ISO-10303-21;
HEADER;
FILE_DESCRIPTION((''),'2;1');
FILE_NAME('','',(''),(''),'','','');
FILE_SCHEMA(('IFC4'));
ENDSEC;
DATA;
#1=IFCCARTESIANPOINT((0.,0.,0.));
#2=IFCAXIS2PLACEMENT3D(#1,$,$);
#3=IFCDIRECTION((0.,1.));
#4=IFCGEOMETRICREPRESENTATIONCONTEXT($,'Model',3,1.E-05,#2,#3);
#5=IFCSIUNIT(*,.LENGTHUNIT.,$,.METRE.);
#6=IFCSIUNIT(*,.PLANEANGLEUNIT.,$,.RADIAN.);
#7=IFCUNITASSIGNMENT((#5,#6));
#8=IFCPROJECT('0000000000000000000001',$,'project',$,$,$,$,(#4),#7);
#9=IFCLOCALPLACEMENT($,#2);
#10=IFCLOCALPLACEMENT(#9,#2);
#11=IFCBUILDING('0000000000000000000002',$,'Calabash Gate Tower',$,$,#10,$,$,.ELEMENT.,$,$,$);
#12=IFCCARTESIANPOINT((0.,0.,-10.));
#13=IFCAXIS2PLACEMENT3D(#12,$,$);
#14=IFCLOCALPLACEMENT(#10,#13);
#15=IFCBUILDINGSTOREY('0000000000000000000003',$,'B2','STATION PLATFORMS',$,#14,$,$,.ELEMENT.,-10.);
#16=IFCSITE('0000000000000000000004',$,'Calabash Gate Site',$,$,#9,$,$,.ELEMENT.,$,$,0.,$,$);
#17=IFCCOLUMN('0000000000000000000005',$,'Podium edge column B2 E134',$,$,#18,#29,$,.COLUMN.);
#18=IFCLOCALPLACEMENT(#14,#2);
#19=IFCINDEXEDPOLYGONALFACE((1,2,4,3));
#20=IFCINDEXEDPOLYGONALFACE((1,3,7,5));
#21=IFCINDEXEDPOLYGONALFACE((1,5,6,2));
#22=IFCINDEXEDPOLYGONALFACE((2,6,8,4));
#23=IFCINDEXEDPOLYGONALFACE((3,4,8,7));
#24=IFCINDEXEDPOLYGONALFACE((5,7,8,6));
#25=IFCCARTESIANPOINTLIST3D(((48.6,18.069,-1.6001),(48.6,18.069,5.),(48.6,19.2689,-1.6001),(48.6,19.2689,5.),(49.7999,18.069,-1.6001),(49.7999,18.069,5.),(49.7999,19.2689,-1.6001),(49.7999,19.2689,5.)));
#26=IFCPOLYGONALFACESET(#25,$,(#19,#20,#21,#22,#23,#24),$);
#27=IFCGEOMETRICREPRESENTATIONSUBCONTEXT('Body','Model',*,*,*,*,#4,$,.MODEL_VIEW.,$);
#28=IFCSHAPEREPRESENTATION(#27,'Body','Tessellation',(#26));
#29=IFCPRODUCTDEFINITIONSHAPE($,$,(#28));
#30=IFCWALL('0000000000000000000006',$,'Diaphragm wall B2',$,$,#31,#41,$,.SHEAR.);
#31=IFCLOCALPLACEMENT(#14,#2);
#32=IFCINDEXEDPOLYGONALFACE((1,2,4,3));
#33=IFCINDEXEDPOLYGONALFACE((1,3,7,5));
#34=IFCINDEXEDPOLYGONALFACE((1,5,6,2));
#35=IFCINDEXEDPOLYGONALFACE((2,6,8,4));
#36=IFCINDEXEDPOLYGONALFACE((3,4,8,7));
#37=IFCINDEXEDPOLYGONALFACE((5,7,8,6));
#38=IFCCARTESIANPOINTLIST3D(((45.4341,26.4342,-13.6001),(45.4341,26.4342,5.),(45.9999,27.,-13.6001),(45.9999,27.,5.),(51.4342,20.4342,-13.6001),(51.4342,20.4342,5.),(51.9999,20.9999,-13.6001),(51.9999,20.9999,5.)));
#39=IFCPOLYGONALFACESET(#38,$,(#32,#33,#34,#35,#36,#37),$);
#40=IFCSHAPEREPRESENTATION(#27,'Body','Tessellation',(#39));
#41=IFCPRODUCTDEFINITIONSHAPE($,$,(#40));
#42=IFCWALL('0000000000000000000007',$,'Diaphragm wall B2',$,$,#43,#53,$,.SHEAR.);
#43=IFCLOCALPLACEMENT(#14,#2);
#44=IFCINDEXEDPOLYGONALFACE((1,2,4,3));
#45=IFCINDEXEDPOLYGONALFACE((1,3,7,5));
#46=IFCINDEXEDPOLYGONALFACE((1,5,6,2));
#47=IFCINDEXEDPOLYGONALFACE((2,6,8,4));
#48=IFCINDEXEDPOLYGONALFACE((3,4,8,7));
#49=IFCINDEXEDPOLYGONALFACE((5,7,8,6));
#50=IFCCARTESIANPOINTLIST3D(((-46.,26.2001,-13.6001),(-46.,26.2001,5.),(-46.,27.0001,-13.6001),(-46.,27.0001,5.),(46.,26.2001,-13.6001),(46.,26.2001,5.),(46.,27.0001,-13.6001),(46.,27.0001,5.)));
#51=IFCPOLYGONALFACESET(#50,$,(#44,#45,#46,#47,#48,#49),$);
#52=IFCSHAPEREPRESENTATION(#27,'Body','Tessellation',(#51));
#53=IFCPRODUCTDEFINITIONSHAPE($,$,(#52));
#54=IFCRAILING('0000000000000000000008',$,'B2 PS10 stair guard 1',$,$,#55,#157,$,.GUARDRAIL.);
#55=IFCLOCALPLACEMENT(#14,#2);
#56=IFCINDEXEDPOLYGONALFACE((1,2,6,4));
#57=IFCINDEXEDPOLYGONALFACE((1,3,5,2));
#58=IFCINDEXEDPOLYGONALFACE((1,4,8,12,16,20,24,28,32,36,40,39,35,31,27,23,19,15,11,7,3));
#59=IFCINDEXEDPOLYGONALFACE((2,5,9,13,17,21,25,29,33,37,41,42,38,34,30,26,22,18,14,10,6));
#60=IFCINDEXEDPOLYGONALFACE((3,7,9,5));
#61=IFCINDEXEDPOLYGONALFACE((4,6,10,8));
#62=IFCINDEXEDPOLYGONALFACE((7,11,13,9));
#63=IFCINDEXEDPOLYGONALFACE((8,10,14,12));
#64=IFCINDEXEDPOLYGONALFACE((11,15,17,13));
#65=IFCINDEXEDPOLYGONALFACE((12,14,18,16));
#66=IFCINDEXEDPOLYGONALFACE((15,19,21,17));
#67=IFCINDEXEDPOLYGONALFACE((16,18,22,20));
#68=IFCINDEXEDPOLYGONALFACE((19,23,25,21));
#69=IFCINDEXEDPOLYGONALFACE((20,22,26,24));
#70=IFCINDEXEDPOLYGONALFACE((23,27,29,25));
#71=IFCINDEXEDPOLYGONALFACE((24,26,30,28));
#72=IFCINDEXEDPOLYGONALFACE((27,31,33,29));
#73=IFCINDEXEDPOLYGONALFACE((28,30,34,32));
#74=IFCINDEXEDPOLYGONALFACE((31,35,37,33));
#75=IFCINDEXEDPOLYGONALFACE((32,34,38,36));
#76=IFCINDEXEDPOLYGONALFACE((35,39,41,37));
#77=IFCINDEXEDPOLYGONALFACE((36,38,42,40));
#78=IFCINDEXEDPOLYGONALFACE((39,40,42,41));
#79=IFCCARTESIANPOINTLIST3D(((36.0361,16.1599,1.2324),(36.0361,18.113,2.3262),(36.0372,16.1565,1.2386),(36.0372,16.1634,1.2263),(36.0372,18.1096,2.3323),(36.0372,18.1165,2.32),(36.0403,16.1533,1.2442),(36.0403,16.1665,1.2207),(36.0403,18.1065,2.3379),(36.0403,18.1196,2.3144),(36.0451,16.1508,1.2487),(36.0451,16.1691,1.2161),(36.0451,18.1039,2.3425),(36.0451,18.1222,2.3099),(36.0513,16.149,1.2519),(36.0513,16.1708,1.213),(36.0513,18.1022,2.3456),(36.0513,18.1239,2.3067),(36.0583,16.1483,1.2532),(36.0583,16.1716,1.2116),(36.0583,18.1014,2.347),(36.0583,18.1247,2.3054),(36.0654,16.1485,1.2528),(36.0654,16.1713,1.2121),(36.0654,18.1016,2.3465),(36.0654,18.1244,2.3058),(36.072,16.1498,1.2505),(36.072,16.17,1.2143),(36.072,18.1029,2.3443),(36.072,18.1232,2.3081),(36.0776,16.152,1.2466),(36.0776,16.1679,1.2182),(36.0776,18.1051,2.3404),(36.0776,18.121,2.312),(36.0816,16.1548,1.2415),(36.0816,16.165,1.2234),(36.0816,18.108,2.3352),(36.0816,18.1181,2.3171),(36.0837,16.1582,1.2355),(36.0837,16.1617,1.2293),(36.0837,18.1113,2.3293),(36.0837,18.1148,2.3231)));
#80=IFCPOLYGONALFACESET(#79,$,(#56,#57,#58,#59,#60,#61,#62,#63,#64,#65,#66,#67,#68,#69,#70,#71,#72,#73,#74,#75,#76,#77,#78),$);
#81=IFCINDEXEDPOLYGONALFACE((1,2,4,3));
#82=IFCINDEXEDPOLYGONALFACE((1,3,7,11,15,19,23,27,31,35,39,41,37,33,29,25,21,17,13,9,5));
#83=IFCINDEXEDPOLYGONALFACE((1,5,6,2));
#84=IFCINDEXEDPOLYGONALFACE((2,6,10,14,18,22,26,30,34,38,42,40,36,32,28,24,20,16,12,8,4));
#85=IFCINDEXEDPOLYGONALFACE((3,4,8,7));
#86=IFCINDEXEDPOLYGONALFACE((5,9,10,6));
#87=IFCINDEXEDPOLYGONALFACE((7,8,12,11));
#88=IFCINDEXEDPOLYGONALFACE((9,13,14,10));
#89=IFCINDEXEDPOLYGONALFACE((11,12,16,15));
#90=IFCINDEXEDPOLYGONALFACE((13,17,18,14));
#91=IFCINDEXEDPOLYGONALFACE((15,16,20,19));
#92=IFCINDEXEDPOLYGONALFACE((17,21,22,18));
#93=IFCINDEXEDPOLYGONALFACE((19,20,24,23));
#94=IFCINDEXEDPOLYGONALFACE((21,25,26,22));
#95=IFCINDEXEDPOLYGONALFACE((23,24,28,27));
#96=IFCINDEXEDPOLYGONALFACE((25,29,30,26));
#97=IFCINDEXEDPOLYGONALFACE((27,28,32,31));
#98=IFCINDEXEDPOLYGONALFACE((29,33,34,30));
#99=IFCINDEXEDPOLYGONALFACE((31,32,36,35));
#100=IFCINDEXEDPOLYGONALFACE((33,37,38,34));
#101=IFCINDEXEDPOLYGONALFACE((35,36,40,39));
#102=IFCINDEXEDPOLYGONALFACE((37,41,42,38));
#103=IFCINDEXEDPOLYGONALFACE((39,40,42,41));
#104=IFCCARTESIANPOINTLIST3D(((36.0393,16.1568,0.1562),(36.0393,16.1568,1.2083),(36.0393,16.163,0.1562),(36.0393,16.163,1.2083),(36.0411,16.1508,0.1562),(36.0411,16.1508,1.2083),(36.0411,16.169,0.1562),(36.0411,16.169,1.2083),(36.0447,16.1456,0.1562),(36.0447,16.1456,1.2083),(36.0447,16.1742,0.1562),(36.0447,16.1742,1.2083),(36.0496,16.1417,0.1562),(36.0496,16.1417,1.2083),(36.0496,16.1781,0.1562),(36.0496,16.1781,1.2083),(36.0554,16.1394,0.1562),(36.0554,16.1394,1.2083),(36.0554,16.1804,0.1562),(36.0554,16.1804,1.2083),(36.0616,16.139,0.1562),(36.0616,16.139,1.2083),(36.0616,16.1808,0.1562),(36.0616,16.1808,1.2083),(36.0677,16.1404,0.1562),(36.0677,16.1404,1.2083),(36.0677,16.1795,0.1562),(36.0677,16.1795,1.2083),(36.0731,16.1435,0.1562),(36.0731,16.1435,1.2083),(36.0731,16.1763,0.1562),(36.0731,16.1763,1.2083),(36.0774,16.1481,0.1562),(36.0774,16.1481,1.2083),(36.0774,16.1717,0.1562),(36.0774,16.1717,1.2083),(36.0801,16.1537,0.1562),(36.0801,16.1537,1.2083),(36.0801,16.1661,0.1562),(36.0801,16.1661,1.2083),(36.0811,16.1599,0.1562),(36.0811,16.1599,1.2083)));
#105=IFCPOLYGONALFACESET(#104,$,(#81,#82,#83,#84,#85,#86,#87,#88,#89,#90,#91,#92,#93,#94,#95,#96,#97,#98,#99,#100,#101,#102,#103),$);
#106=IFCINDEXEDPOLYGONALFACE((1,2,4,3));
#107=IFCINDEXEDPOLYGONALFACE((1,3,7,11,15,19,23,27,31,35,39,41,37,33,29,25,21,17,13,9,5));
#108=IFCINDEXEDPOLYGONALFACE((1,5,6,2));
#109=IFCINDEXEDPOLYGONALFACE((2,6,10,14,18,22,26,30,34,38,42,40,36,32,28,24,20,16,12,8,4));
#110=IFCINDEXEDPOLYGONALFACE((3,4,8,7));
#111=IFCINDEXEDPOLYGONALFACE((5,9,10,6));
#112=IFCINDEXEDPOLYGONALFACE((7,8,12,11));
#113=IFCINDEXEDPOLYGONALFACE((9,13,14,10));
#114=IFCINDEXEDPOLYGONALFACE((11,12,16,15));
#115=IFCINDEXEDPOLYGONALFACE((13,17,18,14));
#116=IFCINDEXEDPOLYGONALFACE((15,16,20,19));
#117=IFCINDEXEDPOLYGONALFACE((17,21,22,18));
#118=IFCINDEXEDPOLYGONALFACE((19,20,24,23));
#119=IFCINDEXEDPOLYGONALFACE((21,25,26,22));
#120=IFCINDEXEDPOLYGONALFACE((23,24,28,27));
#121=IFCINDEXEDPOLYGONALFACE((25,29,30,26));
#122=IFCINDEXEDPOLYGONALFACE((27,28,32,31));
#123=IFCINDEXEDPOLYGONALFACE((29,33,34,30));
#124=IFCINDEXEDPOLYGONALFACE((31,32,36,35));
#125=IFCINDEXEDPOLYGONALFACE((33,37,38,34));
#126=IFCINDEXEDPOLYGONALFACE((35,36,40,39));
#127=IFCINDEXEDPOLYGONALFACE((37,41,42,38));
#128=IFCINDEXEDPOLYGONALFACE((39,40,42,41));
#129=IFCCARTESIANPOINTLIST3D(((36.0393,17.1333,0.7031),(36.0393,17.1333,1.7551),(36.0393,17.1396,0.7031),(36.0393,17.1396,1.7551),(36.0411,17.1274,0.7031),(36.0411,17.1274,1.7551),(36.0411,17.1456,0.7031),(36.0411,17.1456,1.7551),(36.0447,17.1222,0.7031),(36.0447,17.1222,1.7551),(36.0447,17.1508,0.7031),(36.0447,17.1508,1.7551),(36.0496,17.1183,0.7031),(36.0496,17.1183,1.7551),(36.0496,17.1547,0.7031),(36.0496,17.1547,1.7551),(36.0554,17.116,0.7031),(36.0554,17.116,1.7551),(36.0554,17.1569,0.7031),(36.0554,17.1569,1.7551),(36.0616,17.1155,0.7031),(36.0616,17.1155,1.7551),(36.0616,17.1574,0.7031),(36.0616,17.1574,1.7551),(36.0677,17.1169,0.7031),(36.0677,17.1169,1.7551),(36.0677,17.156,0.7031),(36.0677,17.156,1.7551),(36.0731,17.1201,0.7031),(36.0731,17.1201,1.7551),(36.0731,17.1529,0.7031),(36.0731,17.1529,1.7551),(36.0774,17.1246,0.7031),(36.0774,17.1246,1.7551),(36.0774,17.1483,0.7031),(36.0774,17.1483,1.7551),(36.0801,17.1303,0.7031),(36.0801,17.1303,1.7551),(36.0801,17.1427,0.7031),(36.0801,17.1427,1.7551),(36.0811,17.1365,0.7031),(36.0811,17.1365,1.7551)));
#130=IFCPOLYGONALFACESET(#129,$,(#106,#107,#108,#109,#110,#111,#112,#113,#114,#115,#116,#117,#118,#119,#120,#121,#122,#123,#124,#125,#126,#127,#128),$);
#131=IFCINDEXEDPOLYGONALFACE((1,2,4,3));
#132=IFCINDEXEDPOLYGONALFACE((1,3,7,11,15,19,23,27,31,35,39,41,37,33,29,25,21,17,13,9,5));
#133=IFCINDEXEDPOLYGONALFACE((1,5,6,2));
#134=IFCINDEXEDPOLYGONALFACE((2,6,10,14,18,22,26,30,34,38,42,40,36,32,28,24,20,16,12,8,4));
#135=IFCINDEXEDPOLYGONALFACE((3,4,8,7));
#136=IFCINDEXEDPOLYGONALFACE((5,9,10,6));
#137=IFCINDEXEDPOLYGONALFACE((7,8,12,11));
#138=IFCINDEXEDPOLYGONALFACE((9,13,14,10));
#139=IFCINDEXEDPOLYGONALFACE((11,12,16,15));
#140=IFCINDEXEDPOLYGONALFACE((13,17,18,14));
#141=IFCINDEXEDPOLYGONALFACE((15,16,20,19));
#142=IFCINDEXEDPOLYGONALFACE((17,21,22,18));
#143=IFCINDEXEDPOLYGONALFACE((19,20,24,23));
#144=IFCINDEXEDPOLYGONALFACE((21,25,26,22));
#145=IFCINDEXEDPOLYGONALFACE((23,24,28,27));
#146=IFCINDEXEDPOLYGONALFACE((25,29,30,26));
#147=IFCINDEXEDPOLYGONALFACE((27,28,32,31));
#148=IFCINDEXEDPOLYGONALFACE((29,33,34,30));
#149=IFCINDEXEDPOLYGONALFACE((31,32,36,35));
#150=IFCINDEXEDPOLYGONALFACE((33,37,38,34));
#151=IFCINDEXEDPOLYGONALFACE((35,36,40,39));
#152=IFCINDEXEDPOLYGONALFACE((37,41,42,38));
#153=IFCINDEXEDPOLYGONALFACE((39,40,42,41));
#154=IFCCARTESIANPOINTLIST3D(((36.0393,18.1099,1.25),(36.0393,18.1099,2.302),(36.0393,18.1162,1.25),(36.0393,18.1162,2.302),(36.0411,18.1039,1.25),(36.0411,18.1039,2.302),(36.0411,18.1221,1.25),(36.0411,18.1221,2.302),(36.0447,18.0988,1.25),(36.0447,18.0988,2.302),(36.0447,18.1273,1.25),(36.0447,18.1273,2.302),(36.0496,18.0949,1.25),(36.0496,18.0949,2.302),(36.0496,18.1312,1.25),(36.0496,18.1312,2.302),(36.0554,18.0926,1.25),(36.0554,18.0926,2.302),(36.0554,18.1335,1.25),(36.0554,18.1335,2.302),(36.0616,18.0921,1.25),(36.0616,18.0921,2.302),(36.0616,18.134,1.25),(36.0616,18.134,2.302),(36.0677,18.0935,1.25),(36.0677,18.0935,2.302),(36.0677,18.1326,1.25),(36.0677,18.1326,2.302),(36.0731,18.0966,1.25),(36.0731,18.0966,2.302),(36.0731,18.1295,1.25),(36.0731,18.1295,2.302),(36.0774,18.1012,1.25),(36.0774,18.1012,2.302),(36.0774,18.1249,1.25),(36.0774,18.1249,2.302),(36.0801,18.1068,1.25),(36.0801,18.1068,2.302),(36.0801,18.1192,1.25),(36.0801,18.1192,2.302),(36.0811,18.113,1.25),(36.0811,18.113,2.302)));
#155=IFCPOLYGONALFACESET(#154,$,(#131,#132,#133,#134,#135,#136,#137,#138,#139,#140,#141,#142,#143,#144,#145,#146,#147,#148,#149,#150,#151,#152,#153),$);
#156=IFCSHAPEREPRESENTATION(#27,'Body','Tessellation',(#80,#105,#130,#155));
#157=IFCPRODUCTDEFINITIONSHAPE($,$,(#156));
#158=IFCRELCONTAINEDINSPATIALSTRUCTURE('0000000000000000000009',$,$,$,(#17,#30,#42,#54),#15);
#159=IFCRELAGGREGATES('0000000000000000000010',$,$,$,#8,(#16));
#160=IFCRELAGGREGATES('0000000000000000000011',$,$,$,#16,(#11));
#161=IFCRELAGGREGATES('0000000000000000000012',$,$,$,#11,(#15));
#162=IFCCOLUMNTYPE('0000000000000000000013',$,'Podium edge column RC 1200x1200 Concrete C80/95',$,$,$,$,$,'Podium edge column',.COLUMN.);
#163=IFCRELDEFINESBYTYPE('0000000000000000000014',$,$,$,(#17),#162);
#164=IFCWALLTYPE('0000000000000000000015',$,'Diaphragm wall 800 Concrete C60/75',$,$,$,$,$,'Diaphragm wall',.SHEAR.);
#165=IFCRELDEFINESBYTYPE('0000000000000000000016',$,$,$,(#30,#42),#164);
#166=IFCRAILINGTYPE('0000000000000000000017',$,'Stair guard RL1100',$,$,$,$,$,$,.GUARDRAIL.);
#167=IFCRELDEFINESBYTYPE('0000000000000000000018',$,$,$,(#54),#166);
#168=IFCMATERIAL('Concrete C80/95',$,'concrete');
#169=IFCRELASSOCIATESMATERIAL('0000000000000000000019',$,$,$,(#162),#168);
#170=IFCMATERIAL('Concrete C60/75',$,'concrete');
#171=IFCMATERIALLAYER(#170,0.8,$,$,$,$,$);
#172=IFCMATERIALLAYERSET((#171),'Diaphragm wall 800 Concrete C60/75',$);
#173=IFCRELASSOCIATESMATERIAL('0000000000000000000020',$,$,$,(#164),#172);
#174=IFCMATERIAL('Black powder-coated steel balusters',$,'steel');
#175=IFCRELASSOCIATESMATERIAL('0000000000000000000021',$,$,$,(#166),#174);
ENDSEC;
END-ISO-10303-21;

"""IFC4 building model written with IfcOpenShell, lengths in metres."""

from ifc_helpers import new_model, si_unit, direction, frame, frame_2d, origin, origin_2d, place, context, subcontext, project, spatial, rectangle, circle, extrude, material, layer, layer_set, material_profile, profile_set, type_object, element, save


model = new_model("IFC4")

# Units and contexts
model_context = context("Model", 3, precision=1e-05, world=origin(), true_north=direction((0.0, 1.0)))
body_context = subcontext(model_context, "Body", "Model", "MODEL_VIEW")
ifc_project = project(units=[si_unit("LENGTHUNIT", "METRE"), si_unit("PLANEANGLEUNIT", "RADIAN")], contexts=[model_context])

# Site, building, storey
site_placement = place(None, origin())
site = spatial("IfcSite", under=ifc_project, at=site_placement, Name="Calabash Gate Site", CompositionType="ELEMENT", RefElevation=0.0)
building_placement = place(site_placement, origin())
building = spatial("IfcBuilding", under=site, at=building_placement, Name="Calabash Gate Tower", CompositionType="ELEMENT")
storey_placement = place(building_placement, frame((0.0, 0.0, -10.0)))
storey = spatial("IfcBuildingStorey", under=building, at=storey_placement, Name="B2", Description="STATION PLATFORMS", CompositionType="ELEMENT", Elevation=-10.0)

# Column
ifc_material_1 = material(Name="Concrete C80/95", Category="concrete")
ifc_material_profile_1 = material_profile(ifc_material_1, rectangle(XDim=1.2, YDim=1.2, at=origin_2d()))
ifc_profile_set_1 = profile_set([ifc_material_profile_1], Name="Concrete C80/95")
column_type = type_object("IfcColumnType", Name="Podium edge column RC 1200x1200 Concrete C80/95", ElementType="Podium edge column", PredefinedType="COLUMN", material=ifc_profile_set_1)
for number, where, z_axis, x_axis, name in (
    (1, (49.2, 18.6689, -1.6001), (0.0, 0.0, 1.0), (1.0, 0.0, 0.0), "Podium edge column B2 E134"),
):
    element("IfcColumn", number, at=place(storey_placement, frame(where, z_axis=z_axis, x_axis=x_axis)), inside=storey, type_object=column_type, Name=name, PredefinedType="COLUMN", context=body_context, shape_type="SweptSolid", body=[
        extrude(rectangle(XDim=1.2, YDim=1.2, at=origin_2d()), origin(), (0.0, 0.0, 1.0), 6.6001),
    ])

# Walls
ifc_material_2 = material(Name="Concrete C60/75", Category="concrete")
ifc_layer_1 = layer(ifc_material_2, 0.8)
ifc_layer_set_1 = layer_set([ifc_layer_1], Name="Diaphragm wall 800 Concrete C60/75")
wall_type = type_object("IfcWallType", Name="Diaphragm wall 800 Concrete C60/75", ElementType="Diaphragm wall", PredefinedType="SHEAR", material=ifc_layer_set_1)
wall_1_placement = place(storey_placement, frame((51.717, 20.717, -13.6001), z_axis=(0.0, 0.0, 1.0), x_axis=(-0.707107, 0.707107, 0.0)))
element("IfcWall", 2, at=wall_1_placement, inside=storey, type_object=wall_type, Name="Diaphragm wall B2", PredefinedType="SHEAR", context=body_context, shape_type="SweptSolid", body=[
    extrude(rectangle(XDim=8.4854, YDim=0.8, at=frame_2d((4.2427, 0.0))), origin(), (0.0, 0.0, 1.0), 18.6001),
])
wall_2_placement = place(storey_placement, frame((46.0, 26.6001, -13.6001), z_axis=(0.0, 0.0, 1.0), x_axis=(-1.0, 0.0, 0.0)))
element("IfcWall", 3, at=wall_2_placement, inside=storey, type_object=wall_type, Name="Diaphragm wall B2", PredefinedType="SHEAR", context=body_context, shape_type="SweptSolid", body=[
    extrude(rectangle(XDim=92.0, YDim=0.8, at=frame_2d((46.0, 0.0))), origin(), (0.0, 0.0, 1.0), 18.6001),
])

# Railing
ifc_material_3 = material(Name="Black powder-coated steel balusters", Category="steel")
railing_type_1 = type_object("IfcRailingType", Name="Stair guard RL1100", PredefinedType="GUARDRAIL", material=ifc_material_3)
railing_1_placement = place(storey_placement, frame((36.0601, 16.1599, 0.1562)))
element("IfcRailing", 4, at=railing_1_placement, inside=storey, type_object=railing_type_1, Name="B2 PS10 stair guard 1", PredefinedType="GUARDRAIL", context=body_context, shape_type="SweptSolid", body=[
    extrude(circle(Radius=0.0239, at=origin_2d()), frame((0.0, 0.0, 1.0762), z_axis=(0.0, 0.872506, 0.488603), x_axis=(-1.0, 0.0, 0.0)), (0.0, 0.0, 1.0), 2.2385),
    extrude(circle(Radius=0.021, at=origin_2d()), origin(), (0.0, 0.0, 1.0), 1.052),
    extrude(circle(Radius=0.021, at=origin_2d()), frame((0.0, 0.9766, 0.5469)), (0.0, 0.0, 1.0), 1.052),
    extrude(circle(Radius=0.021, at=origin_2d()), frame((0.0, 1.9531, 1.0938)), (0.0, 0.0, 1.0), 1.052),
])

save(model, "model.ifc")
